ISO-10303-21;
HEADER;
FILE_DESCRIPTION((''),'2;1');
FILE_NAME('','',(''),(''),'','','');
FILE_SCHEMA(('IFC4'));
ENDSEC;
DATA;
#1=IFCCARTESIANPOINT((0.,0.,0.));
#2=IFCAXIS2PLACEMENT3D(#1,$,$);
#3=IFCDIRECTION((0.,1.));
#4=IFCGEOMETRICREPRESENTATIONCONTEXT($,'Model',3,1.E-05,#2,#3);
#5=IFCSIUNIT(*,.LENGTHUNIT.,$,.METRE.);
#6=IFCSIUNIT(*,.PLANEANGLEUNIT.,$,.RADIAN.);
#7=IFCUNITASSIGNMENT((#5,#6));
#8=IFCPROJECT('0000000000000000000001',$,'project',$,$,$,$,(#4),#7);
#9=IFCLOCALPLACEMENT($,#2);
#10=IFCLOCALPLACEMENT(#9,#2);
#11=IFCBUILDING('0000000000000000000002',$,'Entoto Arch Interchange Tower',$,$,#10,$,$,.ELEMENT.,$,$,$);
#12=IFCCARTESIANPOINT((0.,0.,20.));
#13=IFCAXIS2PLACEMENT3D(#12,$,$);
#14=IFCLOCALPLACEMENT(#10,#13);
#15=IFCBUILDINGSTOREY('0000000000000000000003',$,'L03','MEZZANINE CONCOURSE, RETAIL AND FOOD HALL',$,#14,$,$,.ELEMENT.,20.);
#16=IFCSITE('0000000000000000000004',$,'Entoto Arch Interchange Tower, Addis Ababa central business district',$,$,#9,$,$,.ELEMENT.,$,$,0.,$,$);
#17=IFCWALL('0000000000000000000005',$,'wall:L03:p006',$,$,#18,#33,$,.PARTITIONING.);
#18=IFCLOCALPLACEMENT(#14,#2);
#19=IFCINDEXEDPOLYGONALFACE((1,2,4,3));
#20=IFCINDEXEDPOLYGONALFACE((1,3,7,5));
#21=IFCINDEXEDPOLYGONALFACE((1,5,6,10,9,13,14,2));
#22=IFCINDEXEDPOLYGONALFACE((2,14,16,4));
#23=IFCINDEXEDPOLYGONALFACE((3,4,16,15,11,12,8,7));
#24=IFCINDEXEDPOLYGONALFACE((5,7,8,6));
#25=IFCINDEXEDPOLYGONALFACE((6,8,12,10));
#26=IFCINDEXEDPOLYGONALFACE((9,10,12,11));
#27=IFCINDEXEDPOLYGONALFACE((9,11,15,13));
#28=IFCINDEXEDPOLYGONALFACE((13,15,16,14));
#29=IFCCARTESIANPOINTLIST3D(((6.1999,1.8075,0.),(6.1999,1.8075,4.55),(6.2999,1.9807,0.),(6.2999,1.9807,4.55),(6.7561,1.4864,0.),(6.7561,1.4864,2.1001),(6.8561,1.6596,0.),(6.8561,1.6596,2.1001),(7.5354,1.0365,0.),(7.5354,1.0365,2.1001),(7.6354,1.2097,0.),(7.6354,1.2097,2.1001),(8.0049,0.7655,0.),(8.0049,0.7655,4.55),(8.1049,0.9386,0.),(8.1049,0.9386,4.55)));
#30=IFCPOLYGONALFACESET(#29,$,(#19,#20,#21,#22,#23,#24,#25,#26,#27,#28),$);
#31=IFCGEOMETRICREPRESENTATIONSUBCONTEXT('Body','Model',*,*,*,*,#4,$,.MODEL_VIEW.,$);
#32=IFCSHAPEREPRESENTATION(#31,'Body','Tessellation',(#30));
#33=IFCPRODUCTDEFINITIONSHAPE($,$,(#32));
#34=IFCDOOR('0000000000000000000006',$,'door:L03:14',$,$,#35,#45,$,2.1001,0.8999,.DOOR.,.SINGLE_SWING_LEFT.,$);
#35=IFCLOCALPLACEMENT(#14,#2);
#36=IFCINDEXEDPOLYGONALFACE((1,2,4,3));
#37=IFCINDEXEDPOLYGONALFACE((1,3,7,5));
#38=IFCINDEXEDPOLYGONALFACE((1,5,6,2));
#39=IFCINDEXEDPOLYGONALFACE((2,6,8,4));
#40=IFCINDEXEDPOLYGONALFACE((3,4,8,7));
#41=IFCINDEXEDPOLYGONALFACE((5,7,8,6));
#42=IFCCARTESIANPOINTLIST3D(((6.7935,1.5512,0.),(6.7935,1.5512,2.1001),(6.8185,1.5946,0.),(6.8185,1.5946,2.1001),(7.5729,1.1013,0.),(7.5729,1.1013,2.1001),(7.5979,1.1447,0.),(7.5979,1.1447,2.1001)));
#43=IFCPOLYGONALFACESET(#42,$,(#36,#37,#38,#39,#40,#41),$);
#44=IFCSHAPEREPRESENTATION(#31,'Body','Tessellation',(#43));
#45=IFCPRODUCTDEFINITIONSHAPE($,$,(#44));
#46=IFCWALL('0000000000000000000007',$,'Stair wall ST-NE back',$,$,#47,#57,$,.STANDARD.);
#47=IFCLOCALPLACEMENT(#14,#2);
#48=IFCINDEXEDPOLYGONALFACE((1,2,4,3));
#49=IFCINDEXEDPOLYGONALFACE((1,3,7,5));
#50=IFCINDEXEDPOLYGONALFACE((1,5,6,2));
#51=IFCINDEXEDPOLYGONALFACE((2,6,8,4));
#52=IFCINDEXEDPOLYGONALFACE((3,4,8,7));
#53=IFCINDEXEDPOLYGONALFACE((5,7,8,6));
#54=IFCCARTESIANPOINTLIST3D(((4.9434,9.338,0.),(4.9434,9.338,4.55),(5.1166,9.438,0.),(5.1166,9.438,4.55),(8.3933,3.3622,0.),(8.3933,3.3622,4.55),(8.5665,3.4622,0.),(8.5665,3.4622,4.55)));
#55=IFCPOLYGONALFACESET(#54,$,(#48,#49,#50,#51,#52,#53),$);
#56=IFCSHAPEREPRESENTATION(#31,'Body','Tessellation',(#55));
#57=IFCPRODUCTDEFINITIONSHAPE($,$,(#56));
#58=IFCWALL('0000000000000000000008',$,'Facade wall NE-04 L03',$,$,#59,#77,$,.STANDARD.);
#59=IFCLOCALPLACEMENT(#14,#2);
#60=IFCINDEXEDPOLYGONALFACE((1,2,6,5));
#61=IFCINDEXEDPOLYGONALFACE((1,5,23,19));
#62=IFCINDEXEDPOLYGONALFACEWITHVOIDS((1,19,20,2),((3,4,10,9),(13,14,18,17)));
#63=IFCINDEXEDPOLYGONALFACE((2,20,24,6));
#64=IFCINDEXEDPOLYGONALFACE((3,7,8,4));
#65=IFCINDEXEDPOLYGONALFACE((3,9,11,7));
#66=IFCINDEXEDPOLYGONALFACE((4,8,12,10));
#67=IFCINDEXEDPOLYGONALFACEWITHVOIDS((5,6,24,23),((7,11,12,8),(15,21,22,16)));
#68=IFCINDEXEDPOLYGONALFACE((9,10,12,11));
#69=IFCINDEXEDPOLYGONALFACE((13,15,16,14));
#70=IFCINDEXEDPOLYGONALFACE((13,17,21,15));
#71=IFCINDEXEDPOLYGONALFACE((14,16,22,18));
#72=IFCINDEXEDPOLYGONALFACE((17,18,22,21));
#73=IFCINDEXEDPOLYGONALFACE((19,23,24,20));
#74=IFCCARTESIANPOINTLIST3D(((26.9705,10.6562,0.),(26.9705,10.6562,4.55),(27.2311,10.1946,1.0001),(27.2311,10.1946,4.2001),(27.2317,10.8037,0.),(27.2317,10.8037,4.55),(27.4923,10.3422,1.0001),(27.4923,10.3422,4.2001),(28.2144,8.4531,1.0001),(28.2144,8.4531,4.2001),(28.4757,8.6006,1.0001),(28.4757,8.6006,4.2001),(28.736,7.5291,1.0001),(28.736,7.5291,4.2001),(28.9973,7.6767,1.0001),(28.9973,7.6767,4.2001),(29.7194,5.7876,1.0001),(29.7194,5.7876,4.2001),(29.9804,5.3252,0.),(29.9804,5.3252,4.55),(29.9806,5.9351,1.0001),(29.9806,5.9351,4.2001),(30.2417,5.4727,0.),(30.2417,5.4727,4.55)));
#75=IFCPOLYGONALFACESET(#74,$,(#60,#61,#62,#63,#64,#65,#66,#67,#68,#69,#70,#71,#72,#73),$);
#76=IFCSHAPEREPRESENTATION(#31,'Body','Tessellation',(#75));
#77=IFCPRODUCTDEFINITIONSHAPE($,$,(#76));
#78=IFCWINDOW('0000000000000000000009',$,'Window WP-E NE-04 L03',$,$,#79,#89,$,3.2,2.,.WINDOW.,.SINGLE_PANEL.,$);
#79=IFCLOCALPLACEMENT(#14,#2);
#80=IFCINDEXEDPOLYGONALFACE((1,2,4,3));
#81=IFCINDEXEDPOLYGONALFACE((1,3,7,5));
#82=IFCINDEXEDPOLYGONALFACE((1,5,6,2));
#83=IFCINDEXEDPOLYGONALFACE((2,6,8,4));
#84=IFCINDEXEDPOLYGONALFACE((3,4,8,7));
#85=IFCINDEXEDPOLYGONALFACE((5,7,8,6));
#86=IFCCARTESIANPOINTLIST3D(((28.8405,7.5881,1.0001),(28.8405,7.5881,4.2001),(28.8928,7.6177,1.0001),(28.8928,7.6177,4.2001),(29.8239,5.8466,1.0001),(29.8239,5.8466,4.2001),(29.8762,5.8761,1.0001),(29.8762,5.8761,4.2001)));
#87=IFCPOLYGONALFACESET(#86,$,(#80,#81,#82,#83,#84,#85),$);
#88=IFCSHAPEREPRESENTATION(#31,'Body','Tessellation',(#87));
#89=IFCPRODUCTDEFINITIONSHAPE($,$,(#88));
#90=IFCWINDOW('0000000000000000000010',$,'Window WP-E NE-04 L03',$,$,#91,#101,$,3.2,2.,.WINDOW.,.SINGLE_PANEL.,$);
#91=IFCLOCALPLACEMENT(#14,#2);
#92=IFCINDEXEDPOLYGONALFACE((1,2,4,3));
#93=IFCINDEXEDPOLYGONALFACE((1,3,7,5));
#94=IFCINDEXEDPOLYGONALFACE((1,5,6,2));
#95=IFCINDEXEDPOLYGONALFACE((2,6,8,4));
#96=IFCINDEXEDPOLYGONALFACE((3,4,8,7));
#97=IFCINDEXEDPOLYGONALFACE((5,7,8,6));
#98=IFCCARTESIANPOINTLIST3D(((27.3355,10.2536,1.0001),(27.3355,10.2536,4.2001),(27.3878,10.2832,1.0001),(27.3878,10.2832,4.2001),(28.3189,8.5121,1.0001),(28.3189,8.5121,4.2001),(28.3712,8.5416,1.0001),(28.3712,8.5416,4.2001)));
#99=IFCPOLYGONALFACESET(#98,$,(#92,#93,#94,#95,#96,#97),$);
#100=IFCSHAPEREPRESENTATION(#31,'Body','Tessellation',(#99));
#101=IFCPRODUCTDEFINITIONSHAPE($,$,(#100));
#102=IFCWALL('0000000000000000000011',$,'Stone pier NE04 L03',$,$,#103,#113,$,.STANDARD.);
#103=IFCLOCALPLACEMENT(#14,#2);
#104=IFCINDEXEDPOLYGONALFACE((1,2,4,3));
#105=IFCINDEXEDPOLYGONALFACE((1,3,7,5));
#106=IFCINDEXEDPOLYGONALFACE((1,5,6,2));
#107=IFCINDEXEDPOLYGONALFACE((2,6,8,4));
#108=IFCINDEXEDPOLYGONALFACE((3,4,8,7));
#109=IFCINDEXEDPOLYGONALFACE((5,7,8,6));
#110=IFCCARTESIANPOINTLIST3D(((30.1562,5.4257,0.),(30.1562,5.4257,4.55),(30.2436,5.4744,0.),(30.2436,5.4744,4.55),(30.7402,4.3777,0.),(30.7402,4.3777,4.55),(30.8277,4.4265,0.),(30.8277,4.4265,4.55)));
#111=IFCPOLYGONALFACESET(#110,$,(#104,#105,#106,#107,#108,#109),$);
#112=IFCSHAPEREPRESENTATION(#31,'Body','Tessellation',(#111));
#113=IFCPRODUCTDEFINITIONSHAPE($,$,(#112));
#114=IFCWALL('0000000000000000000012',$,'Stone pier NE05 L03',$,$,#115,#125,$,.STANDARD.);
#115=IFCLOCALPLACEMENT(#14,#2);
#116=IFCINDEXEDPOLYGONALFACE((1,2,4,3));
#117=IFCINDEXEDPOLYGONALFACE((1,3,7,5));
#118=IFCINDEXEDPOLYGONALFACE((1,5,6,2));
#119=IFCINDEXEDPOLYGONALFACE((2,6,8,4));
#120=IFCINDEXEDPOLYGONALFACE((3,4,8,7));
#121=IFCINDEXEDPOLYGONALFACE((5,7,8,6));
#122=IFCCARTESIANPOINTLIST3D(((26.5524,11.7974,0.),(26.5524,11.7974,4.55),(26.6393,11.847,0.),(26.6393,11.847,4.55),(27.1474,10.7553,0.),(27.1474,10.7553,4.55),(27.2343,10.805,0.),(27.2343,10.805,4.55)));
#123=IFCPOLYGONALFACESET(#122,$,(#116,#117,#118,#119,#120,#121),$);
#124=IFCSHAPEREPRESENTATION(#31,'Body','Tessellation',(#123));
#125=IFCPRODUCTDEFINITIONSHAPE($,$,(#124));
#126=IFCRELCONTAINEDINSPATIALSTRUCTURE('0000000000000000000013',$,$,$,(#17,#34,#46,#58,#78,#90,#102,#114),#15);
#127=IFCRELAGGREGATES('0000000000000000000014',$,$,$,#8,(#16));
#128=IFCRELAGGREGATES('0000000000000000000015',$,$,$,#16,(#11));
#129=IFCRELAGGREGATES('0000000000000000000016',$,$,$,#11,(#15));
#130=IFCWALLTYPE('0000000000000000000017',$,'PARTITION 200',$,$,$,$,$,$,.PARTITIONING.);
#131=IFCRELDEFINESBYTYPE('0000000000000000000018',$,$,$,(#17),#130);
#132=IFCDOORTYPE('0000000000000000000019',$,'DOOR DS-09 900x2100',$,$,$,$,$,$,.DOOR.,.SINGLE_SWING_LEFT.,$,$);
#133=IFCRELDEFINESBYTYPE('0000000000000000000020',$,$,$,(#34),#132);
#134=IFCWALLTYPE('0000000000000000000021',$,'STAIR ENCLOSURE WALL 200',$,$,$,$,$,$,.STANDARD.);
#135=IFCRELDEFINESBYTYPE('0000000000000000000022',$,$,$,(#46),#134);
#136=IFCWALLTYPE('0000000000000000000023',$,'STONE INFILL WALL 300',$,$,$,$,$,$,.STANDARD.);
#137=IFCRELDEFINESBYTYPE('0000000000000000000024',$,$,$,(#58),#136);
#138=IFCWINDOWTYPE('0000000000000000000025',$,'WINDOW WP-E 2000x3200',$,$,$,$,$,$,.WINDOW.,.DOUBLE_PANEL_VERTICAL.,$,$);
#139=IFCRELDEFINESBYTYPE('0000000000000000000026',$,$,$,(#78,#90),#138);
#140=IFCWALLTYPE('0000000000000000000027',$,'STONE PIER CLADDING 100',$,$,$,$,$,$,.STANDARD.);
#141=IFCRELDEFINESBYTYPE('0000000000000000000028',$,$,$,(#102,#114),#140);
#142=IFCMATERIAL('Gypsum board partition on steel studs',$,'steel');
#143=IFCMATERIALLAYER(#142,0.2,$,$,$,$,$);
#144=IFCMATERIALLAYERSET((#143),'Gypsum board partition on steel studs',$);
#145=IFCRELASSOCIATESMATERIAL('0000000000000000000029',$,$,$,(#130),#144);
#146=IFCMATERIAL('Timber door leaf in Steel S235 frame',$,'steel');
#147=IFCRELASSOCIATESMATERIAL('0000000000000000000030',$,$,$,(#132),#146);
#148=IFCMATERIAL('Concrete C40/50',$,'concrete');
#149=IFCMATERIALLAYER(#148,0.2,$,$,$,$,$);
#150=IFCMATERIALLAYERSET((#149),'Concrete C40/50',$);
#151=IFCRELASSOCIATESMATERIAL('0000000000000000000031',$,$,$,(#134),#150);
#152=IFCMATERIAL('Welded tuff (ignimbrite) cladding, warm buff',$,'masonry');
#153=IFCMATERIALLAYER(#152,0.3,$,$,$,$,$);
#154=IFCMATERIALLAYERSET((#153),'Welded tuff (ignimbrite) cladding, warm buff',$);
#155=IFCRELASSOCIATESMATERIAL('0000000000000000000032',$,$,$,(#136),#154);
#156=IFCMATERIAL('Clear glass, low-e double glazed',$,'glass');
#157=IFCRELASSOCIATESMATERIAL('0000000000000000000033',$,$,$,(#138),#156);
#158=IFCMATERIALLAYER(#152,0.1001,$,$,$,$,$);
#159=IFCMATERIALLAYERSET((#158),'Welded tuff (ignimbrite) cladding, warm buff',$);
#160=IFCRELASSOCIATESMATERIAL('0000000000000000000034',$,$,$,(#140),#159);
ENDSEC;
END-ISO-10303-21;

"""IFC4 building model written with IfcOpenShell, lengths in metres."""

from ifc_helpers import new_model, si_unit, direction, frame, frame_2d, origin, place, context, subcontext, project, spatial, rectangle, extrude, material, layer, layer_set, type_object, element, fill, save


model = new_model("IFC4")

# Units and contexts
model_context = context("Model", 3, precision=1e-05, world=origin(), true_north=direction((0.0, 1.0)))
body_context = subcontext(model_context, "Body", "Model", "MODEL_VIEW")
ifc_project = project(units=[si_unit("LENGTHUNIT", "METRE"), si_unit("PLANEANGLEUNIT", "RADIAN")], contexts=[model_context])

# Site, building, storey
site_placement = place(None, origin())
site = spatial("IfcSite", under=ifc_project, at=site_placement, Name="Entoto Arch Interchange Tower, Addis Ababa central business district", CompositionType="ELEMENT", RefElevation=0.0)
building_placement = place(site_placement, origin())
building = spatial("IfcBuilding", under=site, at=building_placement, Name="Entoto Arch Interchange Tower", CompositionType="ELEMENT")
storey_placement = place(building_placement, frame((0.0, 0.0, 20.0)))
storey = spatial("IfcBuildingStorey", under=building, at=storey_placement, Name="L03", Description="MEZZANINE CONCOURSE, RETAIL AND FOOD HALL", CompositionType="ELEMENT", Elevation=20.0)

# Shared definitions
ifc_material_1 = material(Name="Concrete C40/50", Category="concrete")
ifc_material_2 = material(Name="Gypsum board partition on steel studs", Category="steel")
ifc_layer_1 = layer(ifc_material_2, 0.2)
ifc_layer_set_1 = layer_set([ifc_layer_1], Name="Gypsum board partition on steel studs")
wall_type_1 = type_object("IfcWallType", Name="PARTITION 200", PredefinedType="PARTITIONING", material=ifc_layer_set_1)

# Wall, opening, door
wall_1_placement = place(storey_placement, frame((6.25, 1.894, 0.0), z_axis=(0.0, 0.0, 1.0), x_axis=(0.866043, -0.499969, 0.0)))
wall_1 = element("IfcWall", 1, at=wall_1_placement, inside=storey, type_object=wall_type_1, Name="wall:L03:p006", PredefinedType="PARTITIONING", context=body_context, shape_type="SweptSolid", body=[
    extrude(rectangle(XDim=2.0842, YDim=0.2, at=frame_2d((1.042, 0.0))), origin(), (0.0, 0.0, 1.0), 4.55),
])
opening_1_placement = place(wall_1_placement, frame((0.6421, 0.0, 0.0)))
opening_1 = element("IfcOpeningElement", 2, at=opening_1_placement, cuts=wall_1, PredefinedType="OPENING", context=body_context, shape_type="SweptSolid", body=[
    extrude(rectangle(XDim=0.8999, YDim=2.1001, at=frame_2d((0.45, 1.05))), frame((0.0, 0.1099, 0.0), z_axis=(0.0, -1.0, 0.0), x_axis=(1.0, 0.0, 0.0)), (0.0, 0.0, 1.0), 0.22),
])
ifc_material_3 = material(Name="Timber door leaf in Steel S235 frame", Category="steel")
door_type = type_object("IfcDoorType", Name="DOOR DS-09 900x2100", OperationType="SINGLE_SWING_LEFT", PredefinedType="DOOR", material=ifc_material_3)
door_placement = place(opening_1_placement, origin())
door = element("IfcDoor", 3, at=door_placement, inside=storey, type_object=door_type, Name="door:L03:14", OperationType="SINGLE_SWING_LEFT", OverallHeight=2.1001, OverallWidth=0.8999, PredefinedType="DOOR", context=body_context, shape_type="SweptSolid", body=[
    extrude(rectangle(XDim=0.8999, YDim=2.1001, at=frame_2d((0.45, 1.05))), frame((0.0, 0.0249, 0.0), z_axis=(0.0, -1.0, 0.0), x_axis=(1.0, 0.0, 0.0)), (0.0, 0.0, 1.0), 0.05),
])
fill(opening_1, door)

# Wall
ifc_layer_2 = layer(ifc_material_1, 0.2)
ifc_layer_set_2 = layer_set([ifc_layer_2], Name="Concrete C40/50")
wall_type_2 = type_object("IfcWallType", Name="STAIR ENCLOSURE WALL 200", PredefinedType="STANDARD", material=ifc_layer_set_2)
wall_2_placement = place(storey_placement, frame((8.48, 3.4121, 0.0), z_axis=(0.0, 0.0, 1.0), x_axis=(-0.499979, 0.866038, 0.0)))
element("IfcWall", 4, at=wall_2_placement, inside=storey, type_object=wall_type_2, Name="Stair wall ST-NE back", PredefinedType="STANDARD", context=body_context, shape_type="SweptSolid", body=[
    extrude(rectangle(XDim=6.9001, YDim=0.2, at=frame_2d((3.4502, 0.0))), origin(), (0.0, 0.0, 1.0), 4.55),
])

# Wall, openings, windows
ifc_material_4 = material(Name="Welded tuff (ignimbrite) cladding, warm buff", Category="masonry")
ifc_layer_3 = layer(ifc_material_4, 0.3)
ifc_layer_set_3 = layer_set([ifc_layer_3], Name="Welded tuff (ignimbrite) cladding, warm buff")
wall_type_3 = type_object("IfcWallType", Name="STONE INFILL WALL 300", PredefinedType="STANDARD", material=ifc_layer_set_3)
wall_3_placement = place(storey_placement, frame((30.1111, 5.3989, 0.0), z_axis=(0.0, 0.0, 1.0), x_axis=(-0.491662, 0.870786, 0.0)))
wall_3 = element("IfcWall", 5, at=wall_3_placement, inside=storey, type_object=wall_type_3, Name="Facade wall NE-04 L03", PredefinedType="STANDARD", context=body_context, shape_type="SweptSolid", body=[
    extrude(rectangle(XDim=6.1221, YDim=0.3, at=frame_2d((3.061, 0.0))), origin(), (0.0, 0.0, 1.0), 4.55),
])
opening_2_placement = place(wall_3_placement, frame((0.531, 0.0, 1.0)))
opening_2 = element("IfcOpeningElement", 6, at=opening_2_placement, cuts=wall_3, PredefinedType="OPENING", context=body_context, shape_type="SweptSolid", body=[
    extrude(rectangle(XDim=2.0, YDim=3.2, at=frame_2d((1.0, 1.6001))), frame((0.0, 0.1602, 0.0), z_axis=(0.0, -1.0, 0.0), x_axis=(1.0, 0.0, 0.0)), (0.0, 0.0, 1.0), 0.3201),
])
opening_3_placement = place(wall_3_placement, frame((3.592, 0.0, 1.0)))
opening_3 = element("IfcOpeningElement", 7, at=opening_3_placement, cuts=wall_3, PredefinedType="OPENING", context=body_context, shape_type="SweptSolid", body=[
    extrude(rectangle(XDim=2.0, YDim=3.2, at=frame_2d((1.0, 1.6001))), frame((0.0, 0.1602, 0.0), z_axis=(0.0, -1.0, 0.0), x_axis=(1.0, 0.0, 0.0)), (0.0, 0.0, 1.0), 0.3201),
])
ifc_material_5 = material(Name="Clear glass, low-e double glazed", Category="glass")
window_type = type_object("IfcWindowType", Name="WINDOW WP-E 2000x3200", PartitioningType="DOUBLE_PANEL_VERTICAL", PredefinedType="WINDOW", material=ifc_material_5)
window_1_placement = place(opening_2_placement, origin())
window_1 = element("IfcWindow", 8, at=window_1_placement, inside=storey, type_object=window_type, Name="Window WP-E NE-04 L03", OverallHeight=3.2, OverallWidth=2.0, PartitioningType="SINGLE_PANEL", PredefinedType="WINDOW", context=body_context, shape_type="SweptSolid", body=[
    extrude(rectangle(XDim=2.0, YDim=3.2, at=frame_2d((1.0, 1.6001))), frame((0.0, 0.03, 0.0), z_axis=(0.0, -1.0, 0.0), x_axis=(1.0, 0.0, 0.0)), (0.0, 0.0, 1.0), 0.0601),
])
fill(opening_2, window_1)
window_2_placement = place(opening_3_placement, origin())
window_2 = element("IfcWindow", 9, at=window_2_placement, inside=storey, type_object=window_type, Name="Window WP-E NE-04 L03", OverallHeight=3.2, OverallWidth=2.0, PartitioningType="SINGLE_PANEL", PredefinedType="WINDOW", context=body_context, shape_type="SweptSolid", body=[
    extrude(rectangle(XDim=2.0, YDim=3.2, at=frame_2d((1.0, 1.6001))), frame((0.0, 0.03, 0.0), z_axis=(0.0, -1.0, 0.0), x_axis=(1.0, 0.0, 0.0)), (0.0, 0.0, 1.0), 0.0601),
])
fill(opening_3, window_2)

# Walls
ifc_layer_4 = layer(ifc_material_4, 0.1001)
ifc_layer_set_4 = layer_set([ifc_layer_4], Name="Welded tuff (ignimbrite) cladding, warm buff")
wall_type_4 = type_object("IfcWallType", Name="STONE PIER CLADDING 100", PredefinedType="STANDARD", material=ifc_layer_set_4)
wall_4_placement = place(storey_placement, frame((30.7839, 4.4021, 0.0), z_axis=(0.0, 0.0, 1.0), x_axis=(-0.486818, 0.873504, 0.0)))
element("IfcWall", 10, at=wall_4_placement, inside=storey, type_object=wall_type_4, Name="Stone pier NE04 L03", PredefinedType="STANDARD", context=body_context, shape_type="SweptSolid", body=[
    extrude(rectangle(XDim=1.1997, YDim=0.1001, at=frame_2d((0.5999, 0.0))), origin(), (0.0, 0.0, 1.0), 4.55),
])
wall_5_placement = place(storey_placement, frame((27.1909, 10.78, 0.0), z_axis=(0.0, 0.0, 1.0), x_axis=(-0.495854, 0.868406, 0.0)))
element("IfcWall", 11, at=wall_5_placement, inside=storey, type_object=wall_type_4, Name="Stone pier NE05 L03", PredefinedType="STANDARD", context=body_context, shape_type="SweptSolid", body=[
    extrude(rectangle(XDim=1.2, YDim=0.1001, at=frame_2d((0.6001, 0.0))), origin(), (0.0, 0.0, 1.0), 4.55),
])

save(model, "model.ifc")
